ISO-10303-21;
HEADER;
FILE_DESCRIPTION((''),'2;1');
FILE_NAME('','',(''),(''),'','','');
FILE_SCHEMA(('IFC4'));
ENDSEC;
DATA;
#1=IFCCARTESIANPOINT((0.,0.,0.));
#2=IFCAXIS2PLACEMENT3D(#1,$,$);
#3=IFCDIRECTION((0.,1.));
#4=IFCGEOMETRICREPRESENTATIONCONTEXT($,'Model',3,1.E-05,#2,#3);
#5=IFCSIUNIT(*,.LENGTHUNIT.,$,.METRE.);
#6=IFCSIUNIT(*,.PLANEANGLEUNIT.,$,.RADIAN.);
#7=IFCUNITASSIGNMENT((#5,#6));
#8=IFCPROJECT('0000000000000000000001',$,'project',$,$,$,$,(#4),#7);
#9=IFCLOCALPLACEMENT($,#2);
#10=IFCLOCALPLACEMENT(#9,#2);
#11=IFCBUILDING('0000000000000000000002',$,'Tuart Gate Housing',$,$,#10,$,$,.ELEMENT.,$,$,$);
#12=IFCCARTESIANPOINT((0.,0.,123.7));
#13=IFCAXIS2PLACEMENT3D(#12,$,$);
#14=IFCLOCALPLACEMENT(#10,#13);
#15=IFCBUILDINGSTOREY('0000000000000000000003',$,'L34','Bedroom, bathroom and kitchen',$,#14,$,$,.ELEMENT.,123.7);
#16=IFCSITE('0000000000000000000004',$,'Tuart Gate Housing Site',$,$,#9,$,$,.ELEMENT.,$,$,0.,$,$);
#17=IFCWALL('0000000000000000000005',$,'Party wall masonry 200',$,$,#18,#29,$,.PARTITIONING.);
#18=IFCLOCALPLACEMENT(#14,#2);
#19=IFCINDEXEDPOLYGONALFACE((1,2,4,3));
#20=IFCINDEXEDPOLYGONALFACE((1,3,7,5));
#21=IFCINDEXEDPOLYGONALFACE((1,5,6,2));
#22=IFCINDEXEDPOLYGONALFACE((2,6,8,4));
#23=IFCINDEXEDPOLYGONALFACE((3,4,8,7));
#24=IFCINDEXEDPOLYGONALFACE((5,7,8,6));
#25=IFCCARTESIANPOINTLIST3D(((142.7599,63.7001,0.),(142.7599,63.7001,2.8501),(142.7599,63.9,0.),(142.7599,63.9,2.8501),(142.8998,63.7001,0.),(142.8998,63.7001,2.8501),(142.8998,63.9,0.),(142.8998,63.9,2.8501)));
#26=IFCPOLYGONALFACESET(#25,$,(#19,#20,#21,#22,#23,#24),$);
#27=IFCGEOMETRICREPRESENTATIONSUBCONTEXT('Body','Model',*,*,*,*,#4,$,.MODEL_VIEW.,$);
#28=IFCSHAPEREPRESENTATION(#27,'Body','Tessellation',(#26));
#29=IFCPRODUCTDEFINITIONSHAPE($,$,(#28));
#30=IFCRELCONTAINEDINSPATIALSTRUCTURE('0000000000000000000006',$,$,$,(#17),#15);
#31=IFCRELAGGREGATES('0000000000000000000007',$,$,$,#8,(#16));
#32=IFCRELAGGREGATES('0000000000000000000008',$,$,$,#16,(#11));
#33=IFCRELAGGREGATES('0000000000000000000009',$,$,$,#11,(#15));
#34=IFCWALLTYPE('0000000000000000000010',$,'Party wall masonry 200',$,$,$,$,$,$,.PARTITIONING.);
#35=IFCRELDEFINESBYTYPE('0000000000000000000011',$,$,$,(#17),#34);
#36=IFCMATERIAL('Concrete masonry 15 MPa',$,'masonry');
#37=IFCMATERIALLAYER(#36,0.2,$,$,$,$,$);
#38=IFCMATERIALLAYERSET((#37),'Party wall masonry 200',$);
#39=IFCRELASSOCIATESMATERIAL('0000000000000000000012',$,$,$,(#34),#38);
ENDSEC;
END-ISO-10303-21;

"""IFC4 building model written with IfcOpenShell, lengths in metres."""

from ifc_helpers import new_model, si_unit, direction, frame, frame_2d, origin, place, context, subcontext, project, spatial, rectangle, extrude, material, layer, layer_set, type_object, element, save


model = new_model("IFC4")

# Units and contexts
model_context = context("Model", 3, precision=1e-05, world=origin(), true_north=direction((0.0, 1.0)))
body_context = subcontext(model_context, "Body", "Model", "MODEL_VIEW")
ifc_project = project(units=[si_unit("LENGTHUNIT", "METRE"), si_unit("PLANEANGLEUNIT", "RADIAN")], contexts=[model_context])

# Site, building, storey
site_placement = place(None, origin())
site = spatial("IfcSite", under=ifc_project, at=site_placement, Name="Tuart Gate Housing Site", CompositionType="ELEMENT", RefElevation=0.0)
building_placement = place(site_placement, origin())
building = spatial("IfcBuilding", under=site, at=building_placement, Name="Tuart Gate Housing", CompositionType="ELEMENT")
storey_placement = place(building_placement, frame((0.0, 0.0, 123.7)))
storey = spatial("IfcBuildingStorey", under=building, at=storey_placement, Name="L34", Description="Bedroom, bathroom and kitchen", CompositionType="ELEMENT", Elevation=123.7)

# Wall
ifc_material_1 = material(Name="Concrete masonry 15 MPa", Category="masonry")
ifc_layer_1 = layer(ifc_material_1, 0.2)
ifc_layer_set_1 = layer_set([ifc_layer_1], Name="Party wall masonry 200")
wall_type_1 = type_object("IfcWallType", Name="Party wall masonry 200", PredefinedType="PARTITIONING", material=ifc_layer_set_1)
wall_1_placement = place(storey_placement, frame((142.76, 63.8, 0.0), z_axis=(0.0, 0.0, 1.0), x_axis=(1.0, 0.0, 0.0)))
element("IfcWall", 1, at=wall_1_placement, inside=storey, type_object=wall_type_1, Name="Party wall masonry 200", PredefinedType="PARTITIONING", context=body_context, shape_type="SweptSolid", body=[
    extrude(rectangle(XDim=0.1399, YDim=0.2, at=frame_2d((0.0698, 0.0))), origin(), (0.0, 0.0, 1.0), 2.8501),
])

save(model, "model.ifc")
